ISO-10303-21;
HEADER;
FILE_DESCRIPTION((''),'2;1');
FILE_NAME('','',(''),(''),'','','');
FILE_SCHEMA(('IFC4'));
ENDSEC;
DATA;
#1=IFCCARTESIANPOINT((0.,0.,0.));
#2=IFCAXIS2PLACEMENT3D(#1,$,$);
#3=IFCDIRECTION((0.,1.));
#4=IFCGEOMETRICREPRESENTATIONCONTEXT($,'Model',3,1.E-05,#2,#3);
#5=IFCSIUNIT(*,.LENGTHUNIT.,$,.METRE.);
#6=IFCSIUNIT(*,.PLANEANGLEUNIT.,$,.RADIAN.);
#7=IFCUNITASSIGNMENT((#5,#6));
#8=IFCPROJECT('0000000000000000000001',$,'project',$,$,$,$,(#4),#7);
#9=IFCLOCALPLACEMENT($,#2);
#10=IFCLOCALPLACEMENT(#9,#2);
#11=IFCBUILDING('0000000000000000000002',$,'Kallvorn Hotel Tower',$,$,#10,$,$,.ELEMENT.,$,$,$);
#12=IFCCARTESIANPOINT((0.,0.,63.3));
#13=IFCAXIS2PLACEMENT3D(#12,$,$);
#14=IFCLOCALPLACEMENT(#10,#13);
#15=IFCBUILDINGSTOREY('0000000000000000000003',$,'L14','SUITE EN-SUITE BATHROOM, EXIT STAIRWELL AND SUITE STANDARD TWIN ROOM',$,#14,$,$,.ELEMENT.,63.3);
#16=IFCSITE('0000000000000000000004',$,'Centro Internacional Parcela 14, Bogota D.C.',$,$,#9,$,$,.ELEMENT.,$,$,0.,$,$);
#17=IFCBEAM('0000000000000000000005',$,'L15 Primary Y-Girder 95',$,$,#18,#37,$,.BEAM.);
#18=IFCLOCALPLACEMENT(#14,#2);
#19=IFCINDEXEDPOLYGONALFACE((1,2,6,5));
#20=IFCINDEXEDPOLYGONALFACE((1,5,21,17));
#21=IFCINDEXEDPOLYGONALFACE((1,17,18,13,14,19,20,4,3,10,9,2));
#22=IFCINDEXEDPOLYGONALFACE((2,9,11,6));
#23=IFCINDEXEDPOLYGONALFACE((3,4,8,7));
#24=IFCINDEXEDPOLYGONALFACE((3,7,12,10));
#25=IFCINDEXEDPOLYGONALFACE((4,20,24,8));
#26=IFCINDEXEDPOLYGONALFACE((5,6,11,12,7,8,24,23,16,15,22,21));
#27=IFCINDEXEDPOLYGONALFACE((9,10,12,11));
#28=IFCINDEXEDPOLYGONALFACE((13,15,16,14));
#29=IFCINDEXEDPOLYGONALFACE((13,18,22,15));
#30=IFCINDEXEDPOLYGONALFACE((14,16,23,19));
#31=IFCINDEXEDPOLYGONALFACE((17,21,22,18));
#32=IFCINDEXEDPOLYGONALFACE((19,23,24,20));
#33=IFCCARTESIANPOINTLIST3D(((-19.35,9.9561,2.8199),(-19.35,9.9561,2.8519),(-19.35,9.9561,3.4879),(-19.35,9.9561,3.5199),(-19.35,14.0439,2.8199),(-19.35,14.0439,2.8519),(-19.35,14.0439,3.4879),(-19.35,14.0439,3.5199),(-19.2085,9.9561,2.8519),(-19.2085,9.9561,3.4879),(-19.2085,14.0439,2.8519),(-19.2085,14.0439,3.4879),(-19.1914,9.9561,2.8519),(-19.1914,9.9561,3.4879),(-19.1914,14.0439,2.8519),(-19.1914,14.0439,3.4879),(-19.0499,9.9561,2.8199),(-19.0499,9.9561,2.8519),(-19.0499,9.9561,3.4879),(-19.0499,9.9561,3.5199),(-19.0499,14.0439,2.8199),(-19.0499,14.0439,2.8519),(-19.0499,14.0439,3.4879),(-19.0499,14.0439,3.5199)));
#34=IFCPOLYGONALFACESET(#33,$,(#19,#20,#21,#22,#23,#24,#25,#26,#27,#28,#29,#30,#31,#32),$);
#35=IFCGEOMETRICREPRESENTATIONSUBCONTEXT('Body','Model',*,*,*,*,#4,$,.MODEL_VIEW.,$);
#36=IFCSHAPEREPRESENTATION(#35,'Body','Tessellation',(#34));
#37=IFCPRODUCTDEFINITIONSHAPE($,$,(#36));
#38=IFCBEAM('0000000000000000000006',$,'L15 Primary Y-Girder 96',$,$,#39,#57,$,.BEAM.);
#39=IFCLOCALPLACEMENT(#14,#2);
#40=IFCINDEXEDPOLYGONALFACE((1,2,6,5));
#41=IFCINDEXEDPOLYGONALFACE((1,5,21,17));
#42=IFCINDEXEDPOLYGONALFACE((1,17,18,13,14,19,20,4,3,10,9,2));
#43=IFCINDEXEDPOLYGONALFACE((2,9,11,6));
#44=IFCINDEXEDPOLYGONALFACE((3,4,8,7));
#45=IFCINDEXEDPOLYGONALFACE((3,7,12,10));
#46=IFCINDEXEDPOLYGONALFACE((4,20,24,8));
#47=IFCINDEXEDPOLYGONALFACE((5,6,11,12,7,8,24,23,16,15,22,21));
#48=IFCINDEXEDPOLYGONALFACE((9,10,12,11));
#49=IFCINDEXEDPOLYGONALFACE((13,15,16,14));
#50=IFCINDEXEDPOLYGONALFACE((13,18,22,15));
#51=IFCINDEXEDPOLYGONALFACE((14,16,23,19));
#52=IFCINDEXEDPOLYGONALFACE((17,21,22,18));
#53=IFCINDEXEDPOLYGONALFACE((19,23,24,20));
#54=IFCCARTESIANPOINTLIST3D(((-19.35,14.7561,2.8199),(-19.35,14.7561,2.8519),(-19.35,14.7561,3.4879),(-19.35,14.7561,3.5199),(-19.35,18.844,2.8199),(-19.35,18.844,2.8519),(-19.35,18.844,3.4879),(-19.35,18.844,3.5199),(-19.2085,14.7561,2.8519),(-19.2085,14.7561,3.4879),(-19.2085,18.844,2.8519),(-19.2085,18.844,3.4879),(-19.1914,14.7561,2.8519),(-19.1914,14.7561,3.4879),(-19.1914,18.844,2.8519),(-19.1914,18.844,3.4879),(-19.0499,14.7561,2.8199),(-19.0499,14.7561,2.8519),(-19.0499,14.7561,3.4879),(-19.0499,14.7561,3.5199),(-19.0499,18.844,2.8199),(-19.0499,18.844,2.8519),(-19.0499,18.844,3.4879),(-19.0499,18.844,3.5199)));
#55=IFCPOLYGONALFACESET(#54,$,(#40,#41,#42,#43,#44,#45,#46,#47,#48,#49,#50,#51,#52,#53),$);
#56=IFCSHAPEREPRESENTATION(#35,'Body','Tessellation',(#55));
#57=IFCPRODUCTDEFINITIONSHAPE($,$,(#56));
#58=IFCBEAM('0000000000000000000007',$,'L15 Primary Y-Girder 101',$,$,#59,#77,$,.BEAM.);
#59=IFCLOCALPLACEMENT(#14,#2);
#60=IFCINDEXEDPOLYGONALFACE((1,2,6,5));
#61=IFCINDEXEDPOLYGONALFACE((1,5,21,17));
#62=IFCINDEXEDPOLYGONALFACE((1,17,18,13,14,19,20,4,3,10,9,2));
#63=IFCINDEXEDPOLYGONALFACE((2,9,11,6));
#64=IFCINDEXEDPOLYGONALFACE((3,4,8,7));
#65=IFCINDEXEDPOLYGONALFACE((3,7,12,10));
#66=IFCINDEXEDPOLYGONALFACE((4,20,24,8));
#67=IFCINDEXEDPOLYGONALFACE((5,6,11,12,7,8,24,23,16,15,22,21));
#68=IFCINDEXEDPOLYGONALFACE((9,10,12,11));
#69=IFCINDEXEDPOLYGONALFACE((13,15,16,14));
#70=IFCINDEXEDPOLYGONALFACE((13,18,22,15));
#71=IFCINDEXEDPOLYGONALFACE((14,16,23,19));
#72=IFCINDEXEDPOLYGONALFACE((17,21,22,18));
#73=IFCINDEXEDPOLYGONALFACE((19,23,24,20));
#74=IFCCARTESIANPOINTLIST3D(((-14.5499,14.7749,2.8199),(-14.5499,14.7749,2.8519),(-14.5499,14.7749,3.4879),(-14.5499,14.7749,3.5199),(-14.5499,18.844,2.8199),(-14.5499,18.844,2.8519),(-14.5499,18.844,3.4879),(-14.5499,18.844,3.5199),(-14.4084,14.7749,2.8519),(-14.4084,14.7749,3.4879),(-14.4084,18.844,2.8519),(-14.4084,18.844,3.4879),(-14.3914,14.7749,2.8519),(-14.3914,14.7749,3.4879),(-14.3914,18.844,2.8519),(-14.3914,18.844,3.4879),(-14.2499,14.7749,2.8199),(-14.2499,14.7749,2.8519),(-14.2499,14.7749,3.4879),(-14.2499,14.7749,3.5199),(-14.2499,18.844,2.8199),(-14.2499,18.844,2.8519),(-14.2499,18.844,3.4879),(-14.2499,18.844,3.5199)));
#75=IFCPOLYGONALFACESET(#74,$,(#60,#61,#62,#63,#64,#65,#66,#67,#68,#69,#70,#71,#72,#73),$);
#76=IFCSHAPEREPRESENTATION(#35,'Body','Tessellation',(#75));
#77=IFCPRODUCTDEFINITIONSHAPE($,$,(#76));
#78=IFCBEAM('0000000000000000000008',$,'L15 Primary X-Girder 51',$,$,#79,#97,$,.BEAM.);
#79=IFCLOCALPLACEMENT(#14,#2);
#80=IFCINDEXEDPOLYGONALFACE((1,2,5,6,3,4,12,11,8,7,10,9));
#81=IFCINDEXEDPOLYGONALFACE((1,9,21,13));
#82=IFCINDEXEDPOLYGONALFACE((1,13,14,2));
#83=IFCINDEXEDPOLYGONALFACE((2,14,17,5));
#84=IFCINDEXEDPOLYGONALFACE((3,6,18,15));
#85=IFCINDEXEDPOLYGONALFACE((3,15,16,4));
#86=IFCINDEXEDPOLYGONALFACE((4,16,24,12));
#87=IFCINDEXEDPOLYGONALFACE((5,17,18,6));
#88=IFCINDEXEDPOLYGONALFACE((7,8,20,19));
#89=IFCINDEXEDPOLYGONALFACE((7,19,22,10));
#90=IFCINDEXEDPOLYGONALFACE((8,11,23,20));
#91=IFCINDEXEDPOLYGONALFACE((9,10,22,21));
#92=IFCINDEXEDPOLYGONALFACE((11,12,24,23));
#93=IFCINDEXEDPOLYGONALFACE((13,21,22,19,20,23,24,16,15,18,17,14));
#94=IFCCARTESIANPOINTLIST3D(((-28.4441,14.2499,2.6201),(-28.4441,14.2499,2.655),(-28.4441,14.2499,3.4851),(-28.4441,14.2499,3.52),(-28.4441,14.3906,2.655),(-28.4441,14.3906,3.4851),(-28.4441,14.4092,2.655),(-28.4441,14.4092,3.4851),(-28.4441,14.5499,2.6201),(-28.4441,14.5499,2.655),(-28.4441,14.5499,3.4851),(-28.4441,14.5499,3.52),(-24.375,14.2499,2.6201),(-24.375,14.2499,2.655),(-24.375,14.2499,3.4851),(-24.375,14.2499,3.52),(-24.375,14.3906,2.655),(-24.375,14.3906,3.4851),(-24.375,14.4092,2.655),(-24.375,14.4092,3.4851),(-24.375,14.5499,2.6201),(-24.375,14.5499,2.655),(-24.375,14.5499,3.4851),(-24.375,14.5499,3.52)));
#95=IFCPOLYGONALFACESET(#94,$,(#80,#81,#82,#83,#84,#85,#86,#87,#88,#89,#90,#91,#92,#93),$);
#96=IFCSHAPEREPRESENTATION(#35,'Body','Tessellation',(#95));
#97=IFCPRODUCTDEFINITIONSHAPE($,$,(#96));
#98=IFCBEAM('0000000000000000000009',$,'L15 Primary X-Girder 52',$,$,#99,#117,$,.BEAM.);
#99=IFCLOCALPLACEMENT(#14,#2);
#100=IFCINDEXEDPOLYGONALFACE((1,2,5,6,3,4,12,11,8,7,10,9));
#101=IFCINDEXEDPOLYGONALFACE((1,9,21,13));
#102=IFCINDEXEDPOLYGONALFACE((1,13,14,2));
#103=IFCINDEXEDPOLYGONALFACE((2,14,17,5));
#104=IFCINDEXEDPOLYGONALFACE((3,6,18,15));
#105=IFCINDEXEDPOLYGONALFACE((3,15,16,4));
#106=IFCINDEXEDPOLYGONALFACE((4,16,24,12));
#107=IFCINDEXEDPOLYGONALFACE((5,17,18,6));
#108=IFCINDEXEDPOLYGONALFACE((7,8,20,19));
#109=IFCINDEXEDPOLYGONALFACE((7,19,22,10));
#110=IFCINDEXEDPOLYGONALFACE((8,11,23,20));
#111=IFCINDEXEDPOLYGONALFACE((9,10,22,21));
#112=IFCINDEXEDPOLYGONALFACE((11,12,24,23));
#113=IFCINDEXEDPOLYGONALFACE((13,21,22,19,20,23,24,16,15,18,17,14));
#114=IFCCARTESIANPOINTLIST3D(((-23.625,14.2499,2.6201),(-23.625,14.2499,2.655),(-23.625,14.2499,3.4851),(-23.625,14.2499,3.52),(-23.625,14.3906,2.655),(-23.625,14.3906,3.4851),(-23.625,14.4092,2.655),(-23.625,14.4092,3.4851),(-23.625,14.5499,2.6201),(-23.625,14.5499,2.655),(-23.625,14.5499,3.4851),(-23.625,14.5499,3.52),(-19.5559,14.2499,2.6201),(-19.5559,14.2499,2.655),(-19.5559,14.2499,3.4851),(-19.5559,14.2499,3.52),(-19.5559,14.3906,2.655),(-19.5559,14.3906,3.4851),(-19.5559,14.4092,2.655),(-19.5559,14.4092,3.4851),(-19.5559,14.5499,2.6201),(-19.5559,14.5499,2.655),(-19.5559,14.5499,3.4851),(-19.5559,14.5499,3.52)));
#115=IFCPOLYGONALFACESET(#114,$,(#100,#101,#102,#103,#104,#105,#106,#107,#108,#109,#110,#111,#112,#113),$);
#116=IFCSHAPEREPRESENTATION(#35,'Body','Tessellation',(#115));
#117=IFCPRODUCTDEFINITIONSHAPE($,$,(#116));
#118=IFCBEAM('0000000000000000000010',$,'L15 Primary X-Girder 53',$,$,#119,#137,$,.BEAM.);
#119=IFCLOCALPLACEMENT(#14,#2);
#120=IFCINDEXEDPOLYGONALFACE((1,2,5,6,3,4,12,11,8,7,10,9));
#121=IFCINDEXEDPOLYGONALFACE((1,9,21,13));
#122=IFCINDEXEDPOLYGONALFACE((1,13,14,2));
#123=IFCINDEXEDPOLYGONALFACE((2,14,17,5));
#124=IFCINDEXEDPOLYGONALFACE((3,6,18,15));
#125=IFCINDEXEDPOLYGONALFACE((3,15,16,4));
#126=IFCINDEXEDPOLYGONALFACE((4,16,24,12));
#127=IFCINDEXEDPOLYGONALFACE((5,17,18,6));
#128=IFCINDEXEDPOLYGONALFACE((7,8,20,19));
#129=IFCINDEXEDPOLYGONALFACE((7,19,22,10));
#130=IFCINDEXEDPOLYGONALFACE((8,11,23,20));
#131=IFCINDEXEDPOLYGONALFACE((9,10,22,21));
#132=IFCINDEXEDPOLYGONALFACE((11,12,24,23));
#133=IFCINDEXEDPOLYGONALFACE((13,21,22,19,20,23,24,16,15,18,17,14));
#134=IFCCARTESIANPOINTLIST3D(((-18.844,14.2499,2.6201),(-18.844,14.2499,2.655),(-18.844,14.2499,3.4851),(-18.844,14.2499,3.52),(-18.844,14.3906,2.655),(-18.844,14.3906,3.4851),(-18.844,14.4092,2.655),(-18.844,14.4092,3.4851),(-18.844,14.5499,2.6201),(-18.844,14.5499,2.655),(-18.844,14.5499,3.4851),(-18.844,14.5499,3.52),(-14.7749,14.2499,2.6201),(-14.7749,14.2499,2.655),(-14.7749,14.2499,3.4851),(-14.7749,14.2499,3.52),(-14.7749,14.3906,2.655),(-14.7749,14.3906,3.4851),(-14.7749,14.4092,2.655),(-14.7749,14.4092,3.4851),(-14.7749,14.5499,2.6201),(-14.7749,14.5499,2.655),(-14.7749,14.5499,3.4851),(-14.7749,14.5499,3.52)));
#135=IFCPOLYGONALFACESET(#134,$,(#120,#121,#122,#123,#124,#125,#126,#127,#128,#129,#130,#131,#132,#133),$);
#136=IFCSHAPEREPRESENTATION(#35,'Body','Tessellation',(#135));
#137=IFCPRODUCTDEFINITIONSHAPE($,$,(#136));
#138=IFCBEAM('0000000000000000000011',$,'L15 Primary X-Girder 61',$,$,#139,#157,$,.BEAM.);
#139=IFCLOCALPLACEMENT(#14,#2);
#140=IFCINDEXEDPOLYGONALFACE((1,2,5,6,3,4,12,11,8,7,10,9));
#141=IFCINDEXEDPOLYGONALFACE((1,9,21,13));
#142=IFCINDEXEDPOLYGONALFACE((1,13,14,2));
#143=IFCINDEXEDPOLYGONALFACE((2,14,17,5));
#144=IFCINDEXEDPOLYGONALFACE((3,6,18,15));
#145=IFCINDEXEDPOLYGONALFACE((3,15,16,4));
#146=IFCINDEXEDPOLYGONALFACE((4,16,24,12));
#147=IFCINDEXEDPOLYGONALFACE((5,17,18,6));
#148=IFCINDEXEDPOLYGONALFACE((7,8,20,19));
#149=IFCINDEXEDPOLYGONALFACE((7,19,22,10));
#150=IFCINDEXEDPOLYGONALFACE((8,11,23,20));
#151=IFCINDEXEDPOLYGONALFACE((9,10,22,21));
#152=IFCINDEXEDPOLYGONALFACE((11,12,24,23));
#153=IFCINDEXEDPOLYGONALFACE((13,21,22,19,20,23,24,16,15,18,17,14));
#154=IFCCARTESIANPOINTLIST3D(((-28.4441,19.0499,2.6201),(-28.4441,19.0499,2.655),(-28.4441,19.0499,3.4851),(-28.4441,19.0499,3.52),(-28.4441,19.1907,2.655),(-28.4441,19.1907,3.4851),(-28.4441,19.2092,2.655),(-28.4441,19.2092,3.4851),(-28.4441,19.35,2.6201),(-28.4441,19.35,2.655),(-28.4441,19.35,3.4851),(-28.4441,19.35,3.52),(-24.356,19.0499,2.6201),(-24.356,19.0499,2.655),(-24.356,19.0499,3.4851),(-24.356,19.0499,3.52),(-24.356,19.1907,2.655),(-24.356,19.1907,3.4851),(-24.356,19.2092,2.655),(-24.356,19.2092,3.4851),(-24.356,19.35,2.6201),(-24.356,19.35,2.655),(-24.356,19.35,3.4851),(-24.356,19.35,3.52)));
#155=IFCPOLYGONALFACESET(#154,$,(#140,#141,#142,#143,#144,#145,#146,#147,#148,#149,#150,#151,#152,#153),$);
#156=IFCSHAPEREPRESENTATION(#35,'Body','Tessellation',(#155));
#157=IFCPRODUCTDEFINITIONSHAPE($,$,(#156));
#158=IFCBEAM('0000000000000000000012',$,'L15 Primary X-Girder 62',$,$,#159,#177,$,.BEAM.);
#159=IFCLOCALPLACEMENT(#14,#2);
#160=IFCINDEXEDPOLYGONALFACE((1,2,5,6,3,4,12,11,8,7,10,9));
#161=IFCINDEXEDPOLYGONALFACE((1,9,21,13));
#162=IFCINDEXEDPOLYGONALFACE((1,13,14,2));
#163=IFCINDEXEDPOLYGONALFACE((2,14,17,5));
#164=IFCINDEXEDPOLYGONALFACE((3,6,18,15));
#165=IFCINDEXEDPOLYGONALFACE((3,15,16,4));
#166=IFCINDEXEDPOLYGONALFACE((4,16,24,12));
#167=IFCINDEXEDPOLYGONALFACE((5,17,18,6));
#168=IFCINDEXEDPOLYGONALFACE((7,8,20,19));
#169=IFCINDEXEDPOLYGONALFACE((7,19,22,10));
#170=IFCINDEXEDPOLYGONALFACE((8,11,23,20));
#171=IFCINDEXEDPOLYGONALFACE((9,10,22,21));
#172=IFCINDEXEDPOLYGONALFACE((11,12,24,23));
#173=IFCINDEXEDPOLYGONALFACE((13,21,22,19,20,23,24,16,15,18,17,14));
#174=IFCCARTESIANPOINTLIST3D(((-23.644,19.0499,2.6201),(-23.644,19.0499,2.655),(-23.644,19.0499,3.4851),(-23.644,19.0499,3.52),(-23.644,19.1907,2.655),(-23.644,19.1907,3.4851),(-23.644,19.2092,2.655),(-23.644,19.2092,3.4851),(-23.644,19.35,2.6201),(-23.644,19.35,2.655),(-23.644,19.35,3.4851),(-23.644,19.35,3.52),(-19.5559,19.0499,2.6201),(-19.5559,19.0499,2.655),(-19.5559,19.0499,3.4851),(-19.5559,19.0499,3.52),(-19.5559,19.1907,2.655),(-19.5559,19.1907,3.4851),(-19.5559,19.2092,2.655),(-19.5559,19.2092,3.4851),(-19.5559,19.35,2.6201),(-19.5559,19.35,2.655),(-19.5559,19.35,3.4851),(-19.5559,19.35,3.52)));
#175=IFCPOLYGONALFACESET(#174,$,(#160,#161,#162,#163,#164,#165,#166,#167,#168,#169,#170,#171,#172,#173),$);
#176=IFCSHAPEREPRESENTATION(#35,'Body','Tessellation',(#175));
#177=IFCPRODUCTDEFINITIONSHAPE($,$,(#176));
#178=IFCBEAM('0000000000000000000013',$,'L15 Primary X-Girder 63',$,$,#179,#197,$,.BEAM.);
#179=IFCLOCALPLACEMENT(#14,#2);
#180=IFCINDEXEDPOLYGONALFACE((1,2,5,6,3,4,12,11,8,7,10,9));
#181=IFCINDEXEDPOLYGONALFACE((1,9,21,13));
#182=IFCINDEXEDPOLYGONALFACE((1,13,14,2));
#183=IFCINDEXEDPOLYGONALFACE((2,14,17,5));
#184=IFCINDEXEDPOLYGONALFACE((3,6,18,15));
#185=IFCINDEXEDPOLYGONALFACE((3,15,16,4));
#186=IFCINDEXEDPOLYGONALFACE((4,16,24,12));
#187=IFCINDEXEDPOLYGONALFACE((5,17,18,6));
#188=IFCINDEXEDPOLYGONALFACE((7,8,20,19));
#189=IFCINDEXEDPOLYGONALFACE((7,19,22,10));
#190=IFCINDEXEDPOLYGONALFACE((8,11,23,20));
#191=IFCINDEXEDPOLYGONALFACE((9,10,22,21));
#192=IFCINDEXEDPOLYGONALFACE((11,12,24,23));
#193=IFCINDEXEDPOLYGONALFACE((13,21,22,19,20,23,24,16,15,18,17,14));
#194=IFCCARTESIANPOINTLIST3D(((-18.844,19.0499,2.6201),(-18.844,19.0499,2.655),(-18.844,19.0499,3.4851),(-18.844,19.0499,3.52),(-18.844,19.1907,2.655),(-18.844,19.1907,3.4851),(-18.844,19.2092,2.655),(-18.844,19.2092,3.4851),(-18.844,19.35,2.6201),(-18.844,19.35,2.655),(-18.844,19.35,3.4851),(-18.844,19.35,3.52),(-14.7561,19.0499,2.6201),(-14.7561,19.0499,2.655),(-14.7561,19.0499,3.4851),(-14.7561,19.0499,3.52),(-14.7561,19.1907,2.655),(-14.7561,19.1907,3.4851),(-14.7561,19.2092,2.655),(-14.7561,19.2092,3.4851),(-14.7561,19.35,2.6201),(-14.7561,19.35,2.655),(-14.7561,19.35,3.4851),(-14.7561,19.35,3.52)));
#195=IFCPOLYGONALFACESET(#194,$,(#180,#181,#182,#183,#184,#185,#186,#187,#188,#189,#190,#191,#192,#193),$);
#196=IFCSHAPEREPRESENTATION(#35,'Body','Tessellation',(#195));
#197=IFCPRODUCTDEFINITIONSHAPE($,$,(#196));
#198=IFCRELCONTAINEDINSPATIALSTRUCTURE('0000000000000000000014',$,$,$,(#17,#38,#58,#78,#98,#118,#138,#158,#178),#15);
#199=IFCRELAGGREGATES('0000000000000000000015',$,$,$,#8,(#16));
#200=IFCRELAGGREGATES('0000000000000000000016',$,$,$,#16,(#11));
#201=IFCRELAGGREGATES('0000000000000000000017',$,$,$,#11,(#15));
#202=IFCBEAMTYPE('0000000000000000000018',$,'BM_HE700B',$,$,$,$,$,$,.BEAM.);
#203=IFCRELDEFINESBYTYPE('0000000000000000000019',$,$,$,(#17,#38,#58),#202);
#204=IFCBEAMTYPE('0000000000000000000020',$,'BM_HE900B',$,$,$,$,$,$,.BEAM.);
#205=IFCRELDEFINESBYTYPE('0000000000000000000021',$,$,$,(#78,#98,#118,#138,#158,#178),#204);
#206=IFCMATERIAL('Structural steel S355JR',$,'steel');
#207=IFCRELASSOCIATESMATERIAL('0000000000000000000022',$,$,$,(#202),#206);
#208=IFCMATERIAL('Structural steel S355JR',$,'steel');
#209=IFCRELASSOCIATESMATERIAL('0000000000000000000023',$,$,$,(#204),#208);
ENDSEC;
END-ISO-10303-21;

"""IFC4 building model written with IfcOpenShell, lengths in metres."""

from ifc_helpers import new_model, si_unit, direction, frame, origin, origin_2d, place, context, subcontext, project, spatial, i_section, extrude, material, material_profile, profile_set, type_object, element, save


model = new_model("IFC4")

# Units and contexts
model_context = context("Model", 3, precision=1e-05, world=origin(), true_north=direction((0.0, 1.0)))
body_context = subcontext(model_context, "Body", "Model", "MODEL_VIEW")
ifc_project = project(units=[si_unit("LENGTHUNIT", "METRE"), si_unit("PLANEANGLEUNIT", "RADIAN")], contexts=[model_context])

# Site, building, storey
site_placement = place(None, origin())
site = spatial("IfcSite", under=ifc_project, at=site_placement, Name="Centro Internacional Parcela 14, Bogota D.C.", CompositionType="ELEMENT", RefElevation=0.0)
building_placement = place(site_placement, origin())
building = spatial("IfcBuilding", under=site, at=building_placement, Name="Kallvorn Hotel Tower", CompositionType="ELEMENT")
storey_placement = place(building_placement, frame((0.0, 0.0, 63.3)))
storey = spatial("IfcBuildingStorey", under=building, at=storey_placement, Name="L14", Description="SUITE EN-SUITE BATHROOM, EXIT STAIRWELL AND SUITE STANDARD TWIN ROOM", CompositionType="ELEMENT", Elevation=63.3)

# Beams
ifc_material_1 = material(Name="Structural steel S355JR", Category="steel")
ifc_material_profile_1 = material_profile(ifc_material_1, i_section(OverallWidth=0.3, OverallDepth=0.7, WebThickness=0.0171, FlangeThickness=0.032, at=origin_2d()), Name="HE 700 B")
ifc_profile_set_1 = profile_set([ifc_material_profile_1], Name="Structural steel S355JR")
beam_type_1 = type_object("IfcBeamType", Name="BM_HE700B", PredefinedType="BEAM", material=ifc_profile_set_1)
for number, where, z_axis, x_axis, name in (
    (1, (-19.2, 9.9561, 3.1699), (0.0, 1.0, 0.0), (-1.0, 0.0, 0.0), "L15 Primary Y-Girder 95"),
    (2, (-19.2, 14.7561, 3.1699), (0.0, 1.0, 0.0), (-1.0, 0.0, 0.0), "L15 Primary Y-Girder 96"),
):
    element("IfcBeam", number, at=place(storey_placement, frame(where, z_axis=z_axis, x_axis=x_axis)), inside=storey, type_object=beam_type_1, Name=name, PredefinedType="BEAM", context=body_context, shape_type="SweptSolid", body=[
        extrude(i_section(OverallWidth=0.3, OverallDepth=0.7, WebThickness=0.0171, FlangeThickness=0.032, at=origin_2d()), origin(), (0.0, 0.0, 1.0), 4.0879),
    ])
beam_1_placement = place(storey_placement, frame((-14.3999, 14.7749, 3.1699), z_axis=(0.0, 1.0, 0.0), x_axis=(-1.0, 0.0, 0.0)))
element("IfcBeam", 3, at=beam_1_placement, inside=storey, type_object=beam_type_1, Name="L15 Primary Y-Girder 101", PredefinedType="BEAM", context=body_context, shape_type="SweptSolid", body=[
    extrude(i_section(OverallWidth=0.3, OverallDepth=0.7, WebThickness=0.0171, FlangeThickness=0.032, at=origin_2d()), origin(), (0.0, 0.0, 1.0), 4.0691),
])
ifc_material_2 = material(Name="Structural steel S355JR", Category="steel")
ifc_material_profile_2 = material_profile(ifc_material_2, i_section(OverallWidth=0.3, OverallDepth=0.8999, WebThickness=0.0186, FlangeThickness=0.0349, at=origin_2d()), Name="HE 900 B")
ifc_profile_set_2 = profile_set([ifc_material_profile_2], Name="Structural steel S355JR")
beam_type_2 = type_object("IfcBeamType", Name="BM_HE900B", PredefinedType="BEAM", material=ifc_profile_set_2)
for number, where, z_axis, x_axis, name in (
    (4, (-28.4441, 14.3999, 3.0701), (1.0, 0.0, 0.0), (0.0, 1.0, 0.0), "L15 Primary X-Girder 51"),
    (5, (-23.625, 14.3999, 3.0701), (1.0, 0.0, 0.0), (0.0, 1.0, 0.0), "L15 Primary X-Girder 52"),
    (6, (-18.844, 14.3999, 3.0701), (1.0, 0.0, 0.0), (0.0, 1.0, 0.0), "L15 Primary X-Girder 53"),
):
    element("IfcBeam", number, at=place(storey_placement, frame(where, z_axis=z_axis, x_axis=x_axis)), inside=storey, type_object=beam_type_2, Name=name, PredefinedType="BEAM", context=body_context, shape_type="SweptSolid", body=[
        extrude(i_section(OverallWidth=0.3, OverallDepth=0.8999, WebThickness=0.0186, FlangeThickness=0.0349, at=origin_2d()), origin(), (0.0, 0.0, 1.0), 4.0691),
    ])
for number, where, z_axis, x_axis, name in (
    (7, (-28.4441, 19.2, 3.0701), (1.0, 0.0, 0.0), (0.0, 1.0, 0.0), "L15 Primary X-Girder 61"),
    (8, (-23.644, 19.2, 3.0701), (1.0, 0.0, 0.0), (0.0, 1.0, 0.0), "L15 Primary X-Girder 62"),
):
    element("IfcBeam", number, at=place(storey_placement, frame(where, z_axis=z_axis, x_axis=x_axis)), inside=storey, type_object=beam_type_2, Name=name, PredefinedType="BEAM", context=body_context, shape_type="SweptSolid", body=[
        extrude(i_section(OverallWidth=0.3, OverallDepth=0.8999, WebThickness=0.0186, FlangeThickness=0.0349, at=origin_2d()), origin(), (0.0, 0.0, 1.0), 4.0881),
    ])
beam_2_placement = place(storey_placement, frame((-18.844, 19.2, 3.0701), z_axis=(1.0, 0.0, 0.0), x_axis=(0.0, 1.0, 0.0)))
element("IfcBeam", 9, at=beam_2_placement, inside=storey, type_object=beam_type_2, Name="L15 Primary X-Girder 63", PredefinedType="BEAM", context=body_context, shape_type="SweptSolid", body=[
    extrude(i_section(OverallWidth=0.3, OverallDepth=0.8999, WebThickness=0.0186, FlangeThickness=0.0349, at=origin_2d()), origin(), (0.0, 0.0, 1.0), 4.0879),
])

save(model, "model.ifc")
